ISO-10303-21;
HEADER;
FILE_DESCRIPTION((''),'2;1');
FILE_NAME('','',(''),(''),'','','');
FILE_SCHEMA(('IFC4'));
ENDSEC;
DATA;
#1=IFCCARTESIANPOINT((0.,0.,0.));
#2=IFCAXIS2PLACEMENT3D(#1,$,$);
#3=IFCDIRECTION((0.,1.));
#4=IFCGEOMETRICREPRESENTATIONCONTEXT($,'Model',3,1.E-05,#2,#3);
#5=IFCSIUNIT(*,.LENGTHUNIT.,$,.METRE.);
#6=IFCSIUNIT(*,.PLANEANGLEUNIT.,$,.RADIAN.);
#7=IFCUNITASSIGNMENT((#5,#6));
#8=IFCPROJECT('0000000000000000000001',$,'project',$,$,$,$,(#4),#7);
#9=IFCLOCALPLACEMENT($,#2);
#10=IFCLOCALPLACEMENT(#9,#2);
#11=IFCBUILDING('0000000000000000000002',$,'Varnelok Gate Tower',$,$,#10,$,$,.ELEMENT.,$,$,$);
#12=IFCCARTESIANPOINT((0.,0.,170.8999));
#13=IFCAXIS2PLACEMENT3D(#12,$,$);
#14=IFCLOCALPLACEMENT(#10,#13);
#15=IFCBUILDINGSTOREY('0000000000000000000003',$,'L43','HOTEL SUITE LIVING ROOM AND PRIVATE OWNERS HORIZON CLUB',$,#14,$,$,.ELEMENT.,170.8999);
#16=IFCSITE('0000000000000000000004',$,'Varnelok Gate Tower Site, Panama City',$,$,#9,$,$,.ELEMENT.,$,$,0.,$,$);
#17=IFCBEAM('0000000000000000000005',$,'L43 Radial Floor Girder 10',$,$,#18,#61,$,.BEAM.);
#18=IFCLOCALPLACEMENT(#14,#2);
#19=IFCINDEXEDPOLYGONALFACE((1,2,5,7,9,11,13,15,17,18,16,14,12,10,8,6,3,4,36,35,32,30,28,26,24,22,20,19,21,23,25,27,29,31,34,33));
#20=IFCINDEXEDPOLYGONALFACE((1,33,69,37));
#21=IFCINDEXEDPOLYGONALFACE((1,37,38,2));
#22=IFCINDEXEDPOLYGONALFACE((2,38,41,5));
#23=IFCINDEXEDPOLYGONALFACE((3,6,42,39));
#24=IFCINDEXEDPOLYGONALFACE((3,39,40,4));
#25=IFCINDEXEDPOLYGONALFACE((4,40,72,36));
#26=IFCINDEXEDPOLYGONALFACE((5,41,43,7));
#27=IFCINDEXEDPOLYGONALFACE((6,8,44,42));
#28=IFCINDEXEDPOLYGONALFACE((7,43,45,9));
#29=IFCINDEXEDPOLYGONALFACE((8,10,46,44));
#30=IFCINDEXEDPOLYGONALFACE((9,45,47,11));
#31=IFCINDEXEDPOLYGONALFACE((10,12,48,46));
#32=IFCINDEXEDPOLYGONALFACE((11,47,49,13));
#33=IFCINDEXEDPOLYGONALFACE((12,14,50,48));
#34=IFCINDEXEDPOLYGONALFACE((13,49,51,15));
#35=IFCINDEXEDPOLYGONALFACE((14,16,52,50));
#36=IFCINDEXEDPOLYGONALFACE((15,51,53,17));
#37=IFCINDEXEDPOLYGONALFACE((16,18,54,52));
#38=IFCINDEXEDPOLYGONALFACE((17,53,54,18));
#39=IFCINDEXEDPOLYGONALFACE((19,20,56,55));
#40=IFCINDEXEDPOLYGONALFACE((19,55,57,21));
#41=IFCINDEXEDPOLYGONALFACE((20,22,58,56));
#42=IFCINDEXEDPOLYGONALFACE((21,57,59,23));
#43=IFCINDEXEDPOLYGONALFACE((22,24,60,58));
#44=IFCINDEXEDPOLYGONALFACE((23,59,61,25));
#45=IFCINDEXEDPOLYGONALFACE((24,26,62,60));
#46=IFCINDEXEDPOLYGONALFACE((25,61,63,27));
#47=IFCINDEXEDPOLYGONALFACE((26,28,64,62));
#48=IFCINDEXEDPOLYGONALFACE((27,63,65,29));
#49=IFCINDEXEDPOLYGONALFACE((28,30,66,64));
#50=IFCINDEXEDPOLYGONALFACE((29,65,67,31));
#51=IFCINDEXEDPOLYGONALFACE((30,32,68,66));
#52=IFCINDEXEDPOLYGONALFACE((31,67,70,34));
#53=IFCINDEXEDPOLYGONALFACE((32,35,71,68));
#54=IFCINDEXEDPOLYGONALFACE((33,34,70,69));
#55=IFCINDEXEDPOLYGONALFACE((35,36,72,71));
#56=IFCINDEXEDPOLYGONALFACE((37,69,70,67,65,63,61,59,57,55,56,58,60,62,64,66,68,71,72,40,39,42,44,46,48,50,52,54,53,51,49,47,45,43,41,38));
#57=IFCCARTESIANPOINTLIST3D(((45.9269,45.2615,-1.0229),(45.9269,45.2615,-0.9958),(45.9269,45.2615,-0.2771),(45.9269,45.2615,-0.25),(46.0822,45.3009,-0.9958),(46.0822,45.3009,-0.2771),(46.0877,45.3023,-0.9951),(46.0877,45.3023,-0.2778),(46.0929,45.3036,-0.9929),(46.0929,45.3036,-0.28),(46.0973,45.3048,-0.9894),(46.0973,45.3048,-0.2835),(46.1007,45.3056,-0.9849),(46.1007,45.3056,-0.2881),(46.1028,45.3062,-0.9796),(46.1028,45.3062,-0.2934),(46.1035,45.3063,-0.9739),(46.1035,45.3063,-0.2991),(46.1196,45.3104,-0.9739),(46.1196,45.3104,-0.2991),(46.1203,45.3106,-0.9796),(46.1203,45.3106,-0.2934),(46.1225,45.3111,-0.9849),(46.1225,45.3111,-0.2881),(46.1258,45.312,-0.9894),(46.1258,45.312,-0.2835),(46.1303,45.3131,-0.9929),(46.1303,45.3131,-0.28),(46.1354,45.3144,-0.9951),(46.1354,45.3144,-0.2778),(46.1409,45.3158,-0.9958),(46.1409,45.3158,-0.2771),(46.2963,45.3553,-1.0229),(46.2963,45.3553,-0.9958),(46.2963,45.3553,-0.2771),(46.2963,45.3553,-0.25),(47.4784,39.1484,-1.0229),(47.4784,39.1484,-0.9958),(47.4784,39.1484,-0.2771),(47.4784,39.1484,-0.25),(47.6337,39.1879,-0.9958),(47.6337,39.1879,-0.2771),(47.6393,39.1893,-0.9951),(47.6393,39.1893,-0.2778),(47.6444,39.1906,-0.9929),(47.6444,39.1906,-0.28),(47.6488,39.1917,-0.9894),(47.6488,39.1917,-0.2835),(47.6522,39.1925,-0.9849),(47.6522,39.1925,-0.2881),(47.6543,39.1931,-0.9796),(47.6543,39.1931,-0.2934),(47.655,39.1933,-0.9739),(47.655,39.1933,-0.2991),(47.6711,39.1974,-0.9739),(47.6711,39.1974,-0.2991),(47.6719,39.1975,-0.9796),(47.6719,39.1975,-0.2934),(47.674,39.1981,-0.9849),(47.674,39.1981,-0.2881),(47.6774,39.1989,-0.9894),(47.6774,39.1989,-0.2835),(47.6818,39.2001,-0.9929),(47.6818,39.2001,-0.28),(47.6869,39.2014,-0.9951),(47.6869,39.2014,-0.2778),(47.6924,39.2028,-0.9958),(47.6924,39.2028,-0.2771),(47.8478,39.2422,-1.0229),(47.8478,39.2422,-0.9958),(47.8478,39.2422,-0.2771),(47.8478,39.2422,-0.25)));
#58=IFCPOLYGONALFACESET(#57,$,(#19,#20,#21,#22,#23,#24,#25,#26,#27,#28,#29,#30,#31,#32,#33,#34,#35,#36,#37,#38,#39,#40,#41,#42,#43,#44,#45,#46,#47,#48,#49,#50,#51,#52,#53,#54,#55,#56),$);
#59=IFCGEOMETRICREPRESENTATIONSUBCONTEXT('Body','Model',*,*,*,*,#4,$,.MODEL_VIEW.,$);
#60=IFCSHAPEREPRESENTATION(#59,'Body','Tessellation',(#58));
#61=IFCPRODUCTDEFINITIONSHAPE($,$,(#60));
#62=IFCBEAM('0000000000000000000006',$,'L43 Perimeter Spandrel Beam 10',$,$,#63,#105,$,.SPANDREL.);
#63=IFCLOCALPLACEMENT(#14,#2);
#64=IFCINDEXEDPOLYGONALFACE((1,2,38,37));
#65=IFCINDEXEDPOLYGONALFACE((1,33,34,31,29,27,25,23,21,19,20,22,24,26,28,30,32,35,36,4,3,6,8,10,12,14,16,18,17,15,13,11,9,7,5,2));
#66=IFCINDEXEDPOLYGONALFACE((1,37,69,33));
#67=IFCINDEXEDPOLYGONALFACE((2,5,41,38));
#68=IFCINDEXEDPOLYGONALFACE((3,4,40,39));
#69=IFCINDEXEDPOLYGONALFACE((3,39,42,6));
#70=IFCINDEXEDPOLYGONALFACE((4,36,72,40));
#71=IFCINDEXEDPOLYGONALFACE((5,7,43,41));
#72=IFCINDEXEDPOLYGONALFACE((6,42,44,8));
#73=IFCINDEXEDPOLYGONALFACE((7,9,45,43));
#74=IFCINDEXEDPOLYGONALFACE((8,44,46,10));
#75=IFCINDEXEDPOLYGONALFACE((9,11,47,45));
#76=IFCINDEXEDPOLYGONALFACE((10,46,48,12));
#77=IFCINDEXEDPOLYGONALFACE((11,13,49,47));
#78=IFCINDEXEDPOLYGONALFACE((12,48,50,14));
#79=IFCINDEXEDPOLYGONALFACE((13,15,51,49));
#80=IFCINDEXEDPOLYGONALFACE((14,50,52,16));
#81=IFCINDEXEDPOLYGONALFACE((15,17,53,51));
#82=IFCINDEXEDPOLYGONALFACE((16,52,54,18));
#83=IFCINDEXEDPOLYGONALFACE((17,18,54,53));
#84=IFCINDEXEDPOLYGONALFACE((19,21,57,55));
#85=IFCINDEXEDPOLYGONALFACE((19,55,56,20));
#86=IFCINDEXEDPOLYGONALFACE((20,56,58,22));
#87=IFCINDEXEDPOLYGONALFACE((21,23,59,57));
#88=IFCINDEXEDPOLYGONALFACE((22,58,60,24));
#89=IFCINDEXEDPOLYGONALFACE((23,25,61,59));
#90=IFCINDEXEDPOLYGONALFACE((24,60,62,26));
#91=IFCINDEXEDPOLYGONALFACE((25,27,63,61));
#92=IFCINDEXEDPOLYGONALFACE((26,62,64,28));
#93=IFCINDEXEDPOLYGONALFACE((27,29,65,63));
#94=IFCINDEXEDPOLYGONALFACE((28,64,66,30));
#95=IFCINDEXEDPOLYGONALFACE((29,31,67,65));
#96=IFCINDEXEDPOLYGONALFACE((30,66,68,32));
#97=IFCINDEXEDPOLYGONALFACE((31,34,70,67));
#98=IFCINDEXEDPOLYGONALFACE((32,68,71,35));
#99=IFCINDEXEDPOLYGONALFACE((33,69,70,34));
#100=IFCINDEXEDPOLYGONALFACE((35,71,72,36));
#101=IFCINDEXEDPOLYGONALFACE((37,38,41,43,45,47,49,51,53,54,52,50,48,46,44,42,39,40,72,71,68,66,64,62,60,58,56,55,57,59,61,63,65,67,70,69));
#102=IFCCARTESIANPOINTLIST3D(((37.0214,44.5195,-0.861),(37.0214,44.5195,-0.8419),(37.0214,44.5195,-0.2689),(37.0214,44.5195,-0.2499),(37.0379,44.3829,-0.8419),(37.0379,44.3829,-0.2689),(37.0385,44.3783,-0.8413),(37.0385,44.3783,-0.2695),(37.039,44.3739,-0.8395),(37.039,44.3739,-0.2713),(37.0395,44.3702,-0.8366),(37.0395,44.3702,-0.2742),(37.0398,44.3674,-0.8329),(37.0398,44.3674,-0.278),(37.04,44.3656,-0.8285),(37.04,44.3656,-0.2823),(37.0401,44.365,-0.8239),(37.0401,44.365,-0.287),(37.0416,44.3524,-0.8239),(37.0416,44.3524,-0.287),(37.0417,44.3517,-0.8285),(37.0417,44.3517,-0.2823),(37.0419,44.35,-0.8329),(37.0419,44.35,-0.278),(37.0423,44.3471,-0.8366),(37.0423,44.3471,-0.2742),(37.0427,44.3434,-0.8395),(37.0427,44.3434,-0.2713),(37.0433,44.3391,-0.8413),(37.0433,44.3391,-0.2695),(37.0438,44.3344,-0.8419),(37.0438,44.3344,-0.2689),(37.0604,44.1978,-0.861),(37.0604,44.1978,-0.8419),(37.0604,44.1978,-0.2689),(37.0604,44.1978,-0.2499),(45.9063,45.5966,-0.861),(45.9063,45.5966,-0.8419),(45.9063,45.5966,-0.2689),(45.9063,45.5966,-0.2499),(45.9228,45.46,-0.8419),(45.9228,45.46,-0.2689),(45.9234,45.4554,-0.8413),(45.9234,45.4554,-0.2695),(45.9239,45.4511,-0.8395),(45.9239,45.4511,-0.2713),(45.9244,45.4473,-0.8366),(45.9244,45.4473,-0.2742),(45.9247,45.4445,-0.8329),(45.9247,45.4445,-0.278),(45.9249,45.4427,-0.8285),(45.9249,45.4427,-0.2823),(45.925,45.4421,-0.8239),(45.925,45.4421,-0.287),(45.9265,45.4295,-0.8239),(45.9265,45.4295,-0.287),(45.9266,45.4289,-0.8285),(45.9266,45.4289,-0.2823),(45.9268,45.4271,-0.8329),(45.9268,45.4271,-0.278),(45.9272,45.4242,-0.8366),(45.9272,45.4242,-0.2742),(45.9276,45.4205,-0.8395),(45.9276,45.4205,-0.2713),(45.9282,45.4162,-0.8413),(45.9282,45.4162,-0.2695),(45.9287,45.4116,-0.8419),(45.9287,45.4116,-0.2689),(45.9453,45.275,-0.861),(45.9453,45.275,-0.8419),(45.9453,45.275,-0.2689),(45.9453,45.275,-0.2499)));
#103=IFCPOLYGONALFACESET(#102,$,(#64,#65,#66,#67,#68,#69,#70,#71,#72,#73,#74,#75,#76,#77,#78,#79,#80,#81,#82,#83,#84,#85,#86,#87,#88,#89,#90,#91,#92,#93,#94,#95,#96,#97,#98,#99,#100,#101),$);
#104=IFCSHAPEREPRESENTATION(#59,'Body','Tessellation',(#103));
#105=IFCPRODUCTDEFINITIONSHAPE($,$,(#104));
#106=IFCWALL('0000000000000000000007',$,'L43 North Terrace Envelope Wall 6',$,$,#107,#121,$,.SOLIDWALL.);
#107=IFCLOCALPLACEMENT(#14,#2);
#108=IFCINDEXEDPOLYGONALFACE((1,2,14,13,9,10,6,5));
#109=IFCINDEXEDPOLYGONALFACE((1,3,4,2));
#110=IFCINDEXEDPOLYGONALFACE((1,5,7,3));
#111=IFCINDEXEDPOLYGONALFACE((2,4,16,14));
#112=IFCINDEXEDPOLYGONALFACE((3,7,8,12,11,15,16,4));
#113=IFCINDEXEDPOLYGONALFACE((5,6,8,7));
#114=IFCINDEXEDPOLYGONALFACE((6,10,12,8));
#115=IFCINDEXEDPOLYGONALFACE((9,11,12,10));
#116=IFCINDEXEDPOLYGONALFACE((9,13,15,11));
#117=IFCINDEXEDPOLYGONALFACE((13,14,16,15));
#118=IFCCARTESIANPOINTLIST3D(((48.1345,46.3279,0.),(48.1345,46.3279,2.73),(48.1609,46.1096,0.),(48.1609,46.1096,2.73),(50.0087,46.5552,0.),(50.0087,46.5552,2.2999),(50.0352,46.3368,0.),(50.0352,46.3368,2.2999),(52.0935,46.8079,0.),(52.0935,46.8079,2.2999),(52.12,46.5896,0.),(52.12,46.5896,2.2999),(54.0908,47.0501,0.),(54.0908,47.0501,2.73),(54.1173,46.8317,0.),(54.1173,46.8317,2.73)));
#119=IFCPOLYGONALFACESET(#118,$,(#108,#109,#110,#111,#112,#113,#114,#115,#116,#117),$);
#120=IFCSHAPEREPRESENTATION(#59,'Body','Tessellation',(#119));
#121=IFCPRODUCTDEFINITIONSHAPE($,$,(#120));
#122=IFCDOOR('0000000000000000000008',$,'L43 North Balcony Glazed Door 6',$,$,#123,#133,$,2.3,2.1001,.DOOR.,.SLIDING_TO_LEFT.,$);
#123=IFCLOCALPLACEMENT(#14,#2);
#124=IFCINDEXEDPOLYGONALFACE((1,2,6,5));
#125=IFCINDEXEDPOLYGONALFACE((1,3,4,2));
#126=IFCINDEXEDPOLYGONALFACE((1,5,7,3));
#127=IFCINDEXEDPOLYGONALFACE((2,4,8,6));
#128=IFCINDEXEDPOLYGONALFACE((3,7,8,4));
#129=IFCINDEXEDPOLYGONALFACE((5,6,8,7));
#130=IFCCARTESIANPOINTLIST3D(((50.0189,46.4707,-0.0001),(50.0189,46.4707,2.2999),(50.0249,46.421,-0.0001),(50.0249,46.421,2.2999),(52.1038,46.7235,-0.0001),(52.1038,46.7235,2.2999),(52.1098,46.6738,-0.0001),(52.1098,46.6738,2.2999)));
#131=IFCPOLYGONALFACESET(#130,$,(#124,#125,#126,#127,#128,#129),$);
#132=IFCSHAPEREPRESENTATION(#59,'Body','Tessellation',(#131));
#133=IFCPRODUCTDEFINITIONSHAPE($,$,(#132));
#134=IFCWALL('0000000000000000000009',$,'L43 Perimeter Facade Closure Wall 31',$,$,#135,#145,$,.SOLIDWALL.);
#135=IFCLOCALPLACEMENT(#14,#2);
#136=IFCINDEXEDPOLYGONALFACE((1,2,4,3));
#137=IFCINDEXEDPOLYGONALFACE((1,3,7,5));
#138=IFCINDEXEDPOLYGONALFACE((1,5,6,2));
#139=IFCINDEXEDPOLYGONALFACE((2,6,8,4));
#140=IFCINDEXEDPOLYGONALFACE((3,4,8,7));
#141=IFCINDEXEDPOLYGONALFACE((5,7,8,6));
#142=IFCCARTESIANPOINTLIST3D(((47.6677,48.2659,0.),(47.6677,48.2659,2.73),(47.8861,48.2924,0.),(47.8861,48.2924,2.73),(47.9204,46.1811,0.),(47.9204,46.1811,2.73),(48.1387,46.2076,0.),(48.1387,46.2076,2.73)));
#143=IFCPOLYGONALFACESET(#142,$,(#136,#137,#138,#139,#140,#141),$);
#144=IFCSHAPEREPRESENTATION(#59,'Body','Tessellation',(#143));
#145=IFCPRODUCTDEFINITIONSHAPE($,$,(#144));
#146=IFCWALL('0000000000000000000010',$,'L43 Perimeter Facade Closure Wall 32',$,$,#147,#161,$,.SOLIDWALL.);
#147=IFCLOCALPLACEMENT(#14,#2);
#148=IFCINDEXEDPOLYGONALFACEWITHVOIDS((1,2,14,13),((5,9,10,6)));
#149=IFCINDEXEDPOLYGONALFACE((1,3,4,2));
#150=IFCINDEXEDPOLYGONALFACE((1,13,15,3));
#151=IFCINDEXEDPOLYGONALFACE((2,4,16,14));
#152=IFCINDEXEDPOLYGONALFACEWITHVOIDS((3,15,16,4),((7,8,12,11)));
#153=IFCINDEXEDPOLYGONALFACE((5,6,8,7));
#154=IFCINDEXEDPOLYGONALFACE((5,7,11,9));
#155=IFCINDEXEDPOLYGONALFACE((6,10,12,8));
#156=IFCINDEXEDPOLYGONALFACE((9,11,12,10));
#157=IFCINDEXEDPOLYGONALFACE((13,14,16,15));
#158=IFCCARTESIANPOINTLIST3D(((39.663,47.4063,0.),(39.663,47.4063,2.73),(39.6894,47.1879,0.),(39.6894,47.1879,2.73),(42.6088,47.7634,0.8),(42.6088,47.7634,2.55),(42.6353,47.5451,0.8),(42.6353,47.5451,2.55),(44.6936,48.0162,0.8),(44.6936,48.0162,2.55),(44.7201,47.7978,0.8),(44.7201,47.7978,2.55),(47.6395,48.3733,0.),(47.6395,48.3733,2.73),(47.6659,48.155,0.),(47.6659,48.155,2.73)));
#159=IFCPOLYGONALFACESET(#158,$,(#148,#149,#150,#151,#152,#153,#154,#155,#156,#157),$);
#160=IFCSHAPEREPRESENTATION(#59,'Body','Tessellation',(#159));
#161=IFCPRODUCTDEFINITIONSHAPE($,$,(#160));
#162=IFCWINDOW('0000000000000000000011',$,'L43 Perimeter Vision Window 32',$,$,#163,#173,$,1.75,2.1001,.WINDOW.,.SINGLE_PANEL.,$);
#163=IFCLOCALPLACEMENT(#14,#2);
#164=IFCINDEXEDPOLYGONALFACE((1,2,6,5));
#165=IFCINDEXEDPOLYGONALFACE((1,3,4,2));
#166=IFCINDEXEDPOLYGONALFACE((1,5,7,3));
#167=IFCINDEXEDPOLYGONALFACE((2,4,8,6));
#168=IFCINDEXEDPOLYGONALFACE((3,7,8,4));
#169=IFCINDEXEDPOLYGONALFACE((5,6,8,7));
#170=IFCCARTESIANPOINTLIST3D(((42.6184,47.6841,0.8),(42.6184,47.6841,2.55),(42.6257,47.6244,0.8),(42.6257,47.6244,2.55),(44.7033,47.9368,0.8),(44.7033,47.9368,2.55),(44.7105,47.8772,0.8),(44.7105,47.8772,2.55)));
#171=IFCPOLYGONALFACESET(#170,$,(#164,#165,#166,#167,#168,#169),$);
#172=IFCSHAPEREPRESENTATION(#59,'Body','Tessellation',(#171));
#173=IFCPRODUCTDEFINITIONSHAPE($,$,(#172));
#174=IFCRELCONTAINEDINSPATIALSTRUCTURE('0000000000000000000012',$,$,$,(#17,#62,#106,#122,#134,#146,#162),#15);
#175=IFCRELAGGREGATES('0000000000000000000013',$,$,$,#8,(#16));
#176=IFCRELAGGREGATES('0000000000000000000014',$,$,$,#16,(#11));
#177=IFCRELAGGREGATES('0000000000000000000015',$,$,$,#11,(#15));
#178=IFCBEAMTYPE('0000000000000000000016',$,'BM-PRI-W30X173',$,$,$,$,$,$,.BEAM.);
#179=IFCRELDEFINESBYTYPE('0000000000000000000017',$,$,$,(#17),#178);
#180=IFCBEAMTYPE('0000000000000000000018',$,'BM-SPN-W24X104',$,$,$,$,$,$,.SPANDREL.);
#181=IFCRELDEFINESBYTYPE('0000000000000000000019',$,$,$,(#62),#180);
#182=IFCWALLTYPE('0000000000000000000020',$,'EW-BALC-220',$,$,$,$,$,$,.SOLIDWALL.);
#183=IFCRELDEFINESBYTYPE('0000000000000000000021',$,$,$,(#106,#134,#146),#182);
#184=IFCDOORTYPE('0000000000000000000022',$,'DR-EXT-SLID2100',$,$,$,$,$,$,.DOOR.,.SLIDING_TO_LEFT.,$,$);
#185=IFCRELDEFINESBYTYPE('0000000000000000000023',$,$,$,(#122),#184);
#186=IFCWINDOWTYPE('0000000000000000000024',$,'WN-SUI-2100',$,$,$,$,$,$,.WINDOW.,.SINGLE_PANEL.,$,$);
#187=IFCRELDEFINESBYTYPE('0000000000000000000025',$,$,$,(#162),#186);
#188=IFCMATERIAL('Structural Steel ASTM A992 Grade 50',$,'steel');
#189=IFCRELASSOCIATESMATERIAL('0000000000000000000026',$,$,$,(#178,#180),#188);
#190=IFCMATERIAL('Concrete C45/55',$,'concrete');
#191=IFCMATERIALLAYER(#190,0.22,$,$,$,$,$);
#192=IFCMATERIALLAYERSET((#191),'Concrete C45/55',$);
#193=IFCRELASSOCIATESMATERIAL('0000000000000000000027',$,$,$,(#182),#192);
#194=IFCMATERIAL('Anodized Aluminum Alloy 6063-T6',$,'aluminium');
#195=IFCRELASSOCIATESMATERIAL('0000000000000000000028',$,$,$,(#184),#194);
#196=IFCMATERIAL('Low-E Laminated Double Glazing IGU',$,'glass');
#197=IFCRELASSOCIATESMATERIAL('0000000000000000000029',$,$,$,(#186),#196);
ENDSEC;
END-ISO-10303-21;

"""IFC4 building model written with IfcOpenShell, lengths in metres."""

from ifc_helpers import new_model, si_unit, direction, frame, frame_2d, origin, origin_2d, place, context, subcontext, project, spatial, rectangle, i_section, extrude, material, layer, layer_set, material_profile, profile_set, type_object, element, fill, save


model = new_model("IFC4")

# Units and contexts
model_context = context("Model", 3, precision=1e-05, world=origin(), true_north=direction((0.0, 1.0)))
body_context = subcontext(model_context, "Body", "Model", "MODEL_VIEW")
ifc_project = project(units=[si_unit("LENGTHUNIT", "METRE"), si_unit("PLANEANGLEUNIT", "RADIAN")], contexts=[model_context])

# Site, building, storey
site_placement = place(None, origin())
site = spatial("IfcSite", under=ifc_project, at=site_placement, Name="Varnelok Gate Tower Site, Panama City", CompositionType="ELEMENT", RefElevation=0.0)
building_placement = place(site_placement, origin())
building = spatial("IfcBuilding", under=site, at=building_placement, Name="Varnelok Gate Tower", CompositionType="ELEMENT")
storey_placement = place(building_placement, frame((0.0, 0.0, 170.8999)))
storey = spatial("IfcBuildingStorey", under=building, at=storey_placement, Name="L43", Description="HOTEL SUITE LIVING ROOM AND PRIVATE OWNERS HORIZON CLUB", CompositionType="ELEMENT", Elevation=170.8999)

# Shared definitions
ifc_material_1 = material(Name="Structural Steel ASTM A992 Grade 50", Category="steel")

# Beams
ifc_material_profile_1 = material_profile(ifc_material_1, i_section(OverallWidth=0.3811, OverallDepth=0.7729, WebThickness=0.0166, FlangeThickness=0.0271, FilletRadius=0.022, at=origin_2d()), Name="W30X173")
ifc_profile_set_1 = profile_set([ifc_material_profile_1], Name="Structural Steel ASTM A992 Grade 50")
beam_type_1 = type_object("IfcBeamType", Name="BM-PRI-W30X173", PredefinedType="BEAM", material=ifc_profile_set_1)
beam_1_placement = place(storey_placement, frame((47.6631, 39.1953, -0.6365), z_axis=(-0.246004, 0.969269, 0.0), x_axis=(-0.969269, -0.246004, 0.0)))
element("IfcBeam", 1, at=beam_1_placement, inside=storey, type_object=beam_type_1, Name="L43 Radial Floor Girder 10", PredefinedType="BEAM", context=body_context, shape_type="SweptSolid", body=[
    extrude(i_section(OverallWidth=0.3811, OverallDepth=0.7729, WebThickness=0.0166, FlangeThickness=0.0271, FilletRadius=0.022, at=origin_2d()), origin(), (0.0, 0.0, 1.0), 6.3069),
])
ifc_material_profile_2 = material_profile(ifc_material_1, i_section(OverallWidth=0.324, OverallDepth=0.6111, WebThickness=0.0127, FlangeThickness=0.019, FilletRadius=0.0181, at=origin_2d()), Name="W24X104")
ifc_profile_set_2 = profile_set([ifc_material_profile_2], Name="Structural Steel ASTM A992 Grade 50")
beam_type_2 = type_object("IfcBeamType", Name="BM-SPN-W24X104", PredefinedType="SPANDREL", material=ifc_profile_set_2)
beam_2_placement = place(storey_placement, frame((45.9258, 45.4358, -0.5554), z_axis=(-0.992731, -0.120351, 0.0), x_axis=(0.120351, -0.992731, 0.0)))
element("IfcBeam", 2, at=beam_2_placement, inside=storey, type_object=beam_type_2, Name="L43 Perimeter Spandrel Beam 10", PredefinedType="SPANDREL", context=body_context, shape_type="SweptSolid", body=[
    extrude(i_section(OverallWidth=0.324, OverallDepth=0.6111, WebThickness=0.0127, FlangeThickness=0.019, FilletRadius=0.0181, at=origin_2d()), origin(), (0.0, 0.0, 1.0), 8.95),
])

# Wall, opening, door
ifc_material_2 = material(Name="Concrete C45/55", Category="concrete")
ifc_layer_1 = layer(ifc_material_2, 0.22)
ifc_layer_set_1 = layer_set([ifc_layer_1], Name="Concrete C45/55")
wall_type_1 = type_object("IfcWallType", Name="EW-BALC-220", PredefinedType="SOLIDWALL", material=ifc_layer_set_1)
wall_1_placement = place(storey_placement, frame((48.1477, 46.2188, 0.0), z_axis=(0.0, 0.0, 1.0), x_axis=(0.99273, 0.120363, 0.0)))
wall_1 = element("IfcWall", 3, at=wall_1_placement, inside=storey, type_object=wall_type_1, Name="L43 North Terrace Envelope Wall 6", PredefinedType="SOLIDWALL", context=body_context, shape_type="SweptSolid", body=[
    extrude(rectangle(XDim=6.0, YDim=0.22, at=frame_2d((3.0, 0.0))), origin(), (0.0, 0.0, 1.0), 2.73),
])
opening_1_placement = place(wall_1_placement, frame((1.8879, 0.0, 0.0)))
opening_1 = element("IfcOpeningElement", 4, at=opening_1_placement, cuts=wall_1, PredefinedType="OPENING", context=body_context, shape_type="SweptSolid", body=[
    extrude(rectangle(XDim=2.1001, YDim=2.3, at=frame_2d((1.05, 1.1499))), frame((0.0, 0.1199, 0.0), z_axis=(0.0, -1.0, 0.0), x_axis=(1.0, 0.0, 0.0)), (0.0, 0.0, 1.0), 0.24),
])
ifc_material_3 = material(Name="Anodized Aluminum Alloy 6063-T6", Category="aluminium")
door_type_1 = type_object("IfcDoorType", Name="DR-EXT-SLID2100", OperationType="SLIDING_TO_LEFT", PredefinedType="DOOR", material=ifc_material_3)
door_1_placement = place(opening_1_placement, origin())
door_1 = element("IfcDoor", 5, at=door_1_placement, inside=storey, type_object=door_type_1, Name="L43 North Balcony Glazed Door 6", OperationType="SLIDING_TO_LEFT", OverallHeight=2.3, OverallWidth=2.1001, PredefinedType="DOOR", context=body_context, shape_type="SweptSolid", body=[
    extrude(rectangle(XDim=2.1001, YDim=2.3, at=frame_2d((1.05, 1.1499))), frame((0.0, 0.0249, 0.0), z_axis=(0.0, -1.0, 0.0), x_axis=(1.0, 0.0, 0.0)), (0.0, 0.0, 1.0), 0.05),
])
fill(opening_1, door_1)

# Wall
wall_2_placement = place(storey_placement, frame((48.0295, 46.1943, 0.0), z_axis=(0.0, 0.0, 1.0), x_axis=(-0.120314, 0.992736, 0.0)))
element("IfcWall", 6, at=wall_2_placement, inside=storey, type_object=wall_type_1, Name="L43 Perimeter Facade Closure Wall 31", PredefinedType="SOLIDWALL", context=body_context, shape_type="SweptSolid", body=[
    extrude(rectangle(XDim=2.1001, YDim=0.22, at=frame_2d((1.05, 0.0))), origin(), (0.0, 0.0, 1.0), 2.73),
])

# Wall, opening, window
wall_3_placement = place(storey_placement, frame((47.6528, 48.2642, 0.0), z_axis=(0.0, 0.0, 1.0), x_axis=(-0.992731, -0.120354, 0.0)))
wall_3 = element("IfcWall", 7, at=wall_3_placement, inside=storey, type_object=wall_type_1, Name="L43 Perimeter Facade Closure Wall 32", PredefinedType="SOLIDWALL", context=body_context, shape_type="SweptSolid", body=[
    extrude(rectangle(XDim=8.0349, YDim=0.22, at=frame_2d((4.0176, 0.0))), origin(), (0.0, 0.0, 1.0), 2.73),
])
opening_2_placement = place(wall_3_placement, frame((2.9675, 0.0, 0.8)))
opening_2 = element("IfcOpeningElement", 8, at=opening_2_placement, cuts=wall_3, PredefinedType="OPENING", context=body_context, shape_type="SweptSolid", body=[
    extrude(rectangle(XDim=2.1001, YDim=1.75, at=frame_2d((1.05, 0.875))), frame((0.0, 0.1199, 0.0), z_axis=(0.0, -1.0, 0.0), x_axis=(1.0, 0.0, 0.0)), (0.0, 0.0, 1.0), 0.24),
])
ifc_material_4 = material(Name="Low-E Laminated Double Glazing IGU", Category="glass")
window_type = type_object("IfcWindowType", Name="WN-SUI-2100", PartitioningType="SINGLE_PANEL", PredefinedType="WINDOW", material=ifc_material_4)
window_placement = place(opening_2_placement, origin())
window = element("IfcWindow", 9, at=window_placement, inside=storey, type_object=window_type, Name="L43 Perimeter Vision Window 32", OverallHeight=1.75, OverallWidth=2.1001, PartitioningType="SINGLE_PANEL", PredefinedType="WINDOW", context=body_context, shape_type="SweptSolid", body=[
    extrude(rectangle(XDim=2.1001, YDim=1.75, at=frame_2d((1.05, 0.875))), frame((0.0, 0.03, 0.0), z_axis=(0.0, -1.0, 0.0), x_axis=(1.0, 0.0, 0.0)), (0.0, 0.0, 1.0), 0.0601),
])
fill(opening_2, window)

save(model, "model.ifc")
